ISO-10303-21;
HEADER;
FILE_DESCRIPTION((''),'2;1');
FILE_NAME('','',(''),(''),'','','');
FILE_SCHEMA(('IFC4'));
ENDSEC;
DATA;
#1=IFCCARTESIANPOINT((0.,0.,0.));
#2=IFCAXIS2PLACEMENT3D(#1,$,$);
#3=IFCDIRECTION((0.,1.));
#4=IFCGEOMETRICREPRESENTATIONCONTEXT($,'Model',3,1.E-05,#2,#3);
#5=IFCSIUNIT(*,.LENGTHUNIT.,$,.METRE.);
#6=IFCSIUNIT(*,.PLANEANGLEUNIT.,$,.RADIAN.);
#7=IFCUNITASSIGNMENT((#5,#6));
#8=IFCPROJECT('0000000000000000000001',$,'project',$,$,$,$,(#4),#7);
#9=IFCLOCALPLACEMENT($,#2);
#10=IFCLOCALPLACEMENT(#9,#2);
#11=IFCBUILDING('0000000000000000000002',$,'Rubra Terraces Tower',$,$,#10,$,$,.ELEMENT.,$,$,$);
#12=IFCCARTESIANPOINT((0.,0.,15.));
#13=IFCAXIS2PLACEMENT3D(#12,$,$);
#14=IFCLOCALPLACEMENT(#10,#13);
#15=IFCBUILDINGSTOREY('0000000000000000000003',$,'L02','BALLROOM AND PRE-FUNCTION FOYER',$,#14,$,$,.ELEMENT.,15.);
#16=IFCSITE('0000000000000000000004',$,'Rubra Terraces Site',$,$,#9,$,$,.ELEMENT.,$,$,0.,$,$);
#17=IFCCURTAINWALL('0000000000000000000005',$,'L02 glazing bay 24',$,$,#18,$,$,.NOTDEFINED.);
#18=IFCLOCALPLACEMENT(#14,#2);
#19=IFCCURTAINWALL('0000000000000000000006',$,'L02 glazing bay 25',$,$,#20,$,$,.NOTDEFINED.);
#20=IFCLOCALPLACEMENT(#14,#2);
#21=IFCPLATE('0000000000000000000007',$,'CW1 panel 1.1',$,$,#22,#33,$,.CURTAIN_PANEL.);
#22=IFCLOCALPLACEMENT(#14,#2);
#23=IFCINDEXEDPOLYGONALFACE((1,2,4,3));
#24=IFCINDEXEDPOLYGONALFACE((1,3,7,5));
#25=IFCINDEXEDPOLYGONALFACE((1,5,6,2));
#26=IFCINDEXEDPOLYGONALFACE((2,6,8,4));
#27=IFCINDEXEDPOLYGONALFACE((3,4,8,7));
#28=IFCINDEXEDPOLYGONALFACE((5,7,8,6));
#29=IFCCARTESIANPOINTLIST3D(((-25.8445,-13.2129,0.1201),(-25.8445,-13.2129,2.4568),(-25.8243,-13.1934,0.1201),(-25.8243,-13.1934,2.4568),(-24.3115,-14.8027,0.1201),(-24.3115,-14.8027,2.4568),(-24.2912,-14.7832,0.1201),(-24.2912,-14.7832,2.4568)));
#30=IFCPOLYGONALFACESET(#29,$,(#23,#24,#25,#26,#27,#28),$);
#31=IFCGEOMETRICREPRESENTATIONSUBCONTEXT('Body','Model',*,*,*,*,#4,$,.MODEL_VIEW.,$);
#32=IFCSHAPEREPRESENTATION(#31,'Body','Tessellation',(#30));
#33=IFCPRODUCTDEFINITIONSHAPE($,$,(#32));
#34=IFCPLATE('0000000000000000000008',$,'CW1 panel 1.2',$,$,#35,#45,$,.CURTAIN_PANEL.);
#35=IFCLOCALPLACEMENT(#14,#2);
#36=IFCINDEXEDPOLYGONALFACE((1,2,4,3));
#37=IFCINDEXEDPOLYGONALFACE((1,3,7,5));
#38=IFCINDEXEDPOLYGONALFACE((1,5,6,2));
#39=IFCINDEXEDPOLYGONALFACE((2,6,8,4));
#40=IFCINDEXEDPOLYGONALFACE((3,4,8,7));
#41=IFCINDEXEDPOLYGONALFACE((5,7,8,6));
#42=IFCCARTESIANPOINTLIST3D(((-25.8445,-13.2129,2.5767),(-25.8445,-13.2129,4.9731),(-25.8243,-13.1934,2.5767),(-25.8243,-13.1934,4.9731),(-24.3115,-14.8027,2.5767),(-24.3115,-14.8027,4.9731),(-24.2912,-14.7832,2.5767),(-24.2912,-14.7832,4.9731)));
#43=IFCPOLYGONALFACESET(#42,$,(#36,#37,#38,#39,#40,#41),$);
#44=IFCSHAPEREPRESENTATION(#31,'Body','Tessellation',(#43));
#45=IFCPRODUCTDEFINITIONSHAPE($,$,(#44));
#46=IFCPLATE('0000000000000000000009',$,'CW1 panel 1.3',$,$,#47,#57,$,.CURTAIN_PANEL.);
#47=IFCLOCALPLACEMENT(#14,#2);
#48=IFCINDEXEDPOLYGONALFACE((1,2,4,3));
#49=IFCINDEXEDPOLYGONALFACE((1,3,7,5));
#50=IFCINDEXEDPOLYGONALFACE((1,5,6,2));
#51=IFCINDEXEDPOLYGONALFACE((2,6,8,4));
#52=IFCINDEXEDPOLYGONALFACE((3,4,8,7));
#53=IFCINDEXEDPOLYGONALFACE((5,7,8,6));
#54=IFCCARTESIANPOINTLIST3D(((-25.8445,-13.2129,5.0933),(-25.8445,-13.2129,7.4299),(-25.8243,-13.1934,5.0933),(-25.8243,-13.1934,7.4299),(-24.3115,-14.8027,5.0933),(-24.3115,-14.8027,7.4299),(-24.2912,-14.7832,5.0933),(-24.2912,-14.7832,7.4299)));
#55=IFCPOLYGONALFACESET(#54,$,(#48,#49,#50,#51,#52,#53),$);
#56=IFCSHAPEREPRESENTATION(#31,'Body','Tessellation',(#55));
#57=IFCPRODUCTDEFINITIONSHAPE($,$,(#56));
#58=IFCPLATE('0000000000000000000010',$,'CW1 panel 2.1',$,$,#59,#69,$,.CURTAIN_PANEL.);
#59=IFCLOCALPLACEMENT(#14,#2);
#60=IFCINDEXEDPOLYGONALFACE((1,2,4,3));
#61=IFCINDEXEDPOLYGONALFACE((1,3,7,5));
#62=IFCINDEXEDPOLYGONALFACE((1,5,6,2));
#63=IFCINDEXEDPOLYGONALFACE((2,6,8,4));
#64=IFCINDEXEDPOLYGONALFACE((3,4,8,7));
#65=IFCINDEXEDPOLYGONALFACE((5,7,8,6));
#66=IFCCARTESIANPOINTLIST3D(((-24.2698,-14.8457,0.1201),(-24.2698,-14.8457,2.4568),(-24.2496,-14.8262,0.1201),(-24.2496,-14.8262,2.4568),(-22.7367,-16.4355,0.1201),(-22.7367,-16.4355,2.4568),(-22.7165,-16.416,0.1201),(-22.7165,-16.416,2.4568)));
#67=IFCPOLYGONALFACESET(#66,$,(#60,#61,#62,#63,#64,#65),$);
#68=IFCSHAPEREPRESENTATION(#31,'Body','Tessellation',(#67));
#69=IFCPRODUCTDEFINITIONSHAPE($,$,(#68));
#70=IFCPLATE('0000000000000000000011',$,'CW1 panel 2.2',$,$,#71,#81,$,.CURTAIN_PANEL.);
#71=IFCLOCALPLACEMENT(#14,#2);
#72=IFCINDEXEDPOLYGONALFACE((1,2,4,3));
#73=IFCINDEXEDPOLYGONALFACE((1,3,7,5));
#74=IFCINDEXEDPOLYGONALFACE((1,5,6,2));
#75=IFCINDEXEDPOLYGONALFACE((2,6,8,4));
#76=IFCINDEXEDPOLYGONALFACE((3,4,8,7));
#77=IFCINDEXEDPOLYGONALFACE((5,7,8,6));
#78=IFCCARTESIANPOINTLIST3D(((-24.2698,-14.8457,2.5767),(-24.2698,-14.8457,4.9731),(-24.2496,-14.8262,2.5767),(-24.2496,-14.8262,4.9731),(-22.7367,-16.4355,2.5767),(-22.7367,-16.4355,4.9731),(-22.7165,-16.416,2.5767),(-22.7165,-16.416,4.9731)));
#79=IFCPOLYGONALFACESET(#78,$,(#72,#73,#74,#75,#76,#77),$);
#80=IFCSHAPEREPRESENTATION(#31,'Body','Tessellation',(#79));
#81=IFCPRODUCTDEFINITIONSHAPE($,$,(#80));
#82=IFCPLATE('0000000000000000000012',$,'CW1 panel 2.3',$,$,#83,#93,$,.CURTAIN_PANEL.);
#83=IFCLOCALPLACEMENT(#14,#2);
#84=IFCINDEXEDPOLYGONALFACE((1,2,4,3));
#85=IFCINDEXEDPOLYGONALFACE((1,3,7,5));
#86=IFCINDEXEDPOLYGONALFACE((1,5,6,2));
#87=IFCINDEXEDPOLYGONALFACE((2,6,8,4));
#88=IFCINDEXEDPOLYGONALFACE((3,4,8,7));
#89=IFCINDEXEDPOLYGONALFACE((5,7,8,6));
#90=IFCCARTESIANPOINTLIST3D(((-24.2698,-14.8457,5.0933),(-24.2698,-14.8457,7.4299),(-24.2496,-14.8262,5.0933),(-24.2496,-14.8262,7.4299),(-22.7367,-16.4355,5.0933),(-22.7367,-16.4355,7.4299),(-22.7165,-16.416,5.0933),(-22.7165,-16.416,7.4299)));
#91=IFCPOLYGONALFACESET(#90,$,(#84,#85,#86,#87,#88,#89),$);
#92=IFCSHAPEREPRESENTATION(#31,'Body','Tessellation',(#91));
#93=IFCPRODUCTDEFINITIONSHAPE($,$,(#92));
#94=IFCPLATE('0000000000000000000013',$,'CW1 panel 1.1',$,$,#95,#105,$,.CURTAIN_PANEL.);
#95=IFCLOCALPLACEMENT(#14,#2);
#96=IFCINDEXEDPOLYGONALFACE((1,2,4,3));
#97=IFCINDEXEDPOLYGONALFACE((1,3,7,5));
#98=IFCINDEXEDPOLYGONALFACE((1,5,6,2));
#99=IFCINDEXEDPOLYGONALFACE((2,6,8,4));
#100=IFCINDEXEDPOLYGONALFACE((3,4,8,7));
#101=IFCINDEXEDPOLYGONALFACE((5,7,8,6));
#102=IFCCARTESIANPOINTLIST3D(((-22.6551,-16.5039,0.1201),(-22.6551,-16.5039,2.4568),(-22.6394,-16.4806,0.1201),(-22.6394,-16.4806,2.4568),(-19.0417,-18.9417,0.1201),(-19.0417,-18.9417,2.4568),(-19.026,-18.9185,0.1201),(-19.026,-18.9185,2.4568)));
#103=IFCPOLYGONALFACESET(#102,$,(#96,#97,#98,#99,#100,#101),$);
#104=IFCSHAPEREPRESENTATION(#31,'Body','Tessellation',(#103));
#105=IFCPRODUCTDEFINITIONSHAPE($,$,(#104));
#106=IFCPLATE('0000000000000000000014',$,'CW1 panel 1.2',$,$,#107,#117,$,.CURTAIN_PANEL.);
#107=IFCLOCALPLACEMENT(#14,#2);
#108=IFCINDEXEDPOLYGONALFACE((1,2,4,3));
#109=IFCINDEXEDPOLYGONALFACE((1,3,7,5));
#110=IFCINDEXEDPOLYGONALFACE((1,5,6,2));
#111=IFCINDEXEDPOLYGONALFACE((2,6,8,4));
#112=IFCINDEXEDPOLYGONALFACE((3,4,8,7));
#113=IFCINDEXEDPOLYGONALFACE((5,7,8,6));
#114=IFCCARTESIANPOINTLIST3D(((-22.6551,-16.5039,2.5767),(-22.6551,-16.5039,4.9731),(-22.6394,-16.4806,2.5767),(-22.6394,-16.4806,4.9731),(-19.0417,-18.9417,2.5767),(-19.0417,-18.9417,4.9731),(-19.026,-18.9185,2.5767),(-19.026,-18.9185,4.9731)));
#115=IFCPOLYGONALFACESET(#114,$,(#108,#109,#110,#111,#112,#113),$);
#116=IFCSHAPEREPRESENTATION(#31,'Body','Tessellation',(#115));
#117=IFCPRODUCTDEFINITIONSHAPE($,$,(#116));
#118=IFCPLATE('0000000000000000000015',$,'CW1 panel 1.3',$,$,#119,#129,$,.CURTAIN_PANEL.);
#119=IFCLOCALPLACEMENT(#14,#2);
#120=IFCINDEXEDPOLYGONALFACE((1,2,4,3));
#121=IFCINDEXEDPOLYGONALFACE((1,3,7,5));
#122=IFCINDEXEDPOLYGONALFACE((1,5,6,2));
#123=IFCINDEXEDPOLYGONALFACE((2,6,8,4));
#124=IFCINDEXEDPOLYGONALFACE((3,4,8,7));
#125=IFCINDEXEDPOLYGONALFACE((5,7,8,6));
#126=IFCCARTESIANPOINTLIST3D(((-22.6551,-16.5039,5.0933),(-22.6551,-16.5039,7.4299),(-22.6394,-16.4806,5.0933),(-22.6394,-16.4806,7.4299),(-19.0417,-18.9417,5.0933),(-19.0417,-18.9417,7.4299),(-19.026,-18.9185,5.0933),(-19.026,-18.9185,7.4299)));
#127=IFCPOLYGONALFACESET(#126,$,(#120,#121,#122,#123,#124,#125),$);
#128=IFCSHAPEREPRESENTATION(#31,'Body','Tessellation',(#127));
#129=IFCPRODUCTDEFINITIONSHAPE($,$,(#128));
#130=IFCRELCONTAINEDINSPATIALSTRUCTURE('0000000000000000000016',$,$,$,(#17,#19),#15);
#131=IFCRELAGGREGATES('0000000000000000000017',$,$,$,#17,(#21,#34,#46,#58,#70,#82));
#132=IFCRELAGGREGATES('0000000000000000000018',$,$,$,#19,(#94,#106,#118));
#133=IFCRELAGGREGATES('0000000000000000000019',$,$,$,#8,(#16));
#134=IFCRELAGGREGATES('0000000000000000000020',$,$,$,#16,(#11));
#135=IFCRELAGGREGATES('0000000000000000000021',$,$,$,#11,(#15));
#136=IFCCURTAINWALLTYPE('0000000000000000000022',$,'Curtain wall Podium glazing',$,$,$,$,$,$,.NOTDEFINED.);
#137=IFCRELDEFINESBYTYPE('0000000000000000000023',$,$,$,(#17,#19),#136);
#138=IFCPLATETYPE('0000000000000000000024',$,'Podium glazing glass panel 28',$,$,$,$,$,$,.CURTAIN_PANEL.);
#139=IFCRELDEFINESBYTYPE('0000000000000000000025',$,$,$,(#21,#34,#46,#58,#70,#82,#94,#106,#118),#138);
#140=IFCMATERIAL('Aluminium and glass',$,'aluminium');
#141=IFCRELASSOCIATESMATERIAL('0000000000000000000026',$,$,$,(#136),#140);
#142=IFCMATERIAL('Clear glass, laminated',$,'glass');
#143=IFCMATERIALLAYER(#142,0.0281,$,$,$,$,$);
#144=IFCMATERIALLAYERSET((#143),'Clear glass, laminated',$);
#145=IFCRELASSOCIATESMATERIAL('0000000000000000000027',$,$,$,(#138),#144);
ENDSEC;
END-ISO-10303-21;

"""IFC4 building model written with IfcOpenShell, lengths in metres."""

from ifc_helpers import new_model, si_unit, direction, frame, origin, origin_2d, place, context, subcontext, project, spatial, rectangle, extrude, material, layer, layer_set, type_object, element, aggregate, save


model = new_model("IFC4")

# Units and contexts
model_context = context("Model", 3, precision=1e-05, world=origin(), true_north=direction((0.0, 1.0)))
body_context = subcontext(model_context, "Body", "Model", "MODEL_VIEW")
ifc_project = project(units=[si_unit("LENGTHUNIT", "METRE"), si_unit("PLANEANGLEUNIT", "RADIAN")], contexts=[model_context])

# Site, building, storey
site_placement = place(None, origin())
site = spatial("IfcSite", under=ifc_project, at=site_placement, Name="Rubra Terraces Site", CompositionType="ELEMENT", RefElevation=0.0)
building_placement = place(site_placement, origin())
building = spatial("IfcBuilding", under=site, at=building_placement, Name="Rubra Terraces Tower", CompositionType="ELEMENT")
storey_placement = place(building_placement, frame((0.0, 0.0, 15.0)))
storey = spatial("IfcBuildingStorey", under=building, at=storey_placement, Name="L02", Description="BALLROOM AND PRE-FUNCTION FOYER", CompositionType="ELEMENT", Elevation=15.0)

# Curtain walls
ifc_material_1 = material(Name="Aluminium and glass", Category="aluminium")
curtain_wall_type = type_object("IfcCurtainWallType", Name="Curtain wall Podium glazing", PredefinedType="NOTDEFINED", material=ifc_material_1)
curtain_wall_1_placement = place(storey_placement, origin())
curtain_wall_1 = element("IfcCurtainWall", 1, at=curtain_wall_1_placement, inside=storey, type_object=curtain_wall_type, Name="L02 glazing bay 24", PredefinedType="NOTDEFINED")
curtain_wall_2_placement = place(storey_placement, origin())
curtain_wall_2 = element("IfcCurtainWall", 2, at=curtain_wall_2_placement, inside=storey, type_object=curtain_wall_type, Name="L02 glazing bay 25", PredefinedType="NOTDEFINED")

# Plates
ifc_material_2 = material(Name="Clear glass, laminated", Category="glass")
ifc_layer = layer(ifc_material_2, 0.0281)
ifc_layer_set = layer_set([ifc_layer], Name="Clear glass, laminated")
plate_type = type_object("IfcPlateType", Name="Podium glazing glass panel 28", PredefinedType="CURTAIN_PANEL", material=ifc_layer_set)
plate_1_placement = place(storey_placement, frame((-25.0679, -13.998, 0.1201), z_axis=(0.0, 0.0, 1.0), x_axis=(0.694156, -0.719825, 0.0)))
plate_1 = element("IfcPlate", 3, at=plate_1_placement, type_object=plate_type, Name="CW1 panel 1.1", PredefinedType="CURTAIN_PANEL", context=body_context, shape_type="SweptSolid", body=[
    extrude(rectangle(XDim=2.2085, YDim=0.0281, at=origin_2d()), origin(), (0.0, 0.0, 1.0), 2.3367),
])
plate_2_placement = place(storey_placement, frame((-25.0679, -13.998, 2.5767), z_axis=(0.0, 0.0, 1.0), x_axis=(0.694156, -0.719825, 0.0)))
plate_2 = element("IfcPlate", 4, at=plate_2_placement, type_object=plate_type, Name="CW1 panel 1.2", PredefinedType="CURTAIN_PANEL", context=body_context, shape_type="SweptSolid", body=[
    extrude(rectangle(XDim=2.2085, YDim=0.0281, at=origin_2d()), origin(), (0.0, 0.0, 1.0), 2.3965),
])
plate_3_placement = place(storey_placement, frame((-25.0679, -13.998, 5.0933), z_axis=(0.0, 0.0, 1.0), x_axis=(0.694156, -0.719825, 0.0)))
plate_3 = element("IfcPlate", 5, at=plate_3_placement, type_object=plate_type, Name="CW1 panel 1.3", PredefinedType="CURTAIN_PANEL", context=body_context, shape_type="SweptSolid", body=[
    extrude(rectangle(XDim=2.2085, YDim=0.0281, at=origin_2d()), origin(), (0.0, 0.0, 1.0), 2.3367),
])
plate_4_placement = place(storey_placement, frame((-23.4932, -15.6309, 0.1201), z_axis=(0.0, 0.0, 1.0), x_axis=(0.694156, -0.719825, 0.0)))
plate_4 = element("IfcPlate", 6, at=plate_4_placement, type_object=plate_type, Name="CW1 panel 2.1", PredefinedType="CURTAIN_PANEL", context=body_context, shape_type="SweptSolid", body=[
    extrude(rectangle(XDim=2.2085, YDim=0.0281, at=origin_2d()), origin(), (0.0, 0.0, 1.0), 2.3367),
])
plate_5_placement = place(storey_placement, frame((-23.4932, -15.6309, 2.5767), z_axis=(0.0, 0.0, 1.0), x_axis=(0.694156, -0.719825, 0.0)))
plate_5 = element("IfcPlate", 7, at=plate_5_placement, type_object=plate_type, Name="CW1 panel 2.2", PredefinedType="CURTAIN_PANEL", context=body_context, shape_type="SweptSolid", body=[
    extrude(rectangle(XDim=2.2085, YDim=0.0281, at=origin_2d()), origin(), (0.0, 0.0, 1.0), 2.3965),
])
plate_6_placement = place(storey_placement, frame((-23.4932, -15.6309, 5.0933), z_axis=(0.0, 0.0, 1.0), x_axis=(0.694156, -0.719825, 0.0)))
plate_6 = element("IfcPlate", 8, at=plate_6_placement, type_object=plate_type, Name="CW1 panel 2.3", PredefinedType="CURTAIN_PANEL", context=body_context, shape_type="SweptSolid", body=[
    extrude(rectangle(XDim=2.2085, YDim=0.0281, at=origin_2d()), origin(), (0.0, 0.0, 1.0), 2.3367),
])
aggregate(curtain_wall_1, [plate_1, plate_2, plate_3, plate_4, plate_5, plate_6])
plate_7_placement = place(storey_placement, frame((-20.8406, -17.7112, 0.1201), z_axis=(0.0, 0.0, 1.0), x_axis=(0.828981, -0.559277, 0.0)))
plate_7 = element("IfcPlate", 9, at=plate_7_placement, type_object=plate_type, Name="CW1 panel 1.1", PredefinedType="CURTAIN_PANEL", context=body_context, shape_type="SweptSolid", body=[
    extrude(rectangle(XDim=4.3589, YDim=0.0281, at=origin_2d()), origin(), (0.0, 0.0, 1.0), 2.3367),
])
plate_8_placement = place(storey_placement, frame((-20.8406, -17.7112, 2.5767), z_axis=(0.0, 0.0, 1.0), x_axis=(0.828981, -0.559277, 0.0)))
plate_8 = element("IfcPlate", 10, at=plate_8_placement, type_object=plate_type, Name="CW1 panel 1.2", PredefinedType="CURTAIN_PANEL", context=body_context, shape_type="SweptSolid", body=[
    extrude(rectangle(XDim=4.3589, YDim=0.0281, at=origin_2d()), origin(), (0.0, 0.0, 1.0), 2.3965),
])
plate_9_placement = place(storey_placement, frame((-20.8406, -17.7112, 5.0933), z_axis=(0.0, 0.0, 1.0), x_axis=(0.828981, -0.559277, 0.0)))
plate_9 = element("IfcPlate", 11, at=plate_9_placement, type_object=plate_type, Name="CW1 panel 1.3", PredefinedType="CURTAIN_PANEL", context=body_context, shape_type="SweptSolid", body=[
    extrude(rectangle(XDim=4.3589, YDim=0.0281, at=origin_2d()), origin(), (0.0, 0.0, 1.0), 2.3367),
])
aggregate(curtain_wall_2, [plate_7, plate_8, plate_9])

save(model, "model.ifc")
